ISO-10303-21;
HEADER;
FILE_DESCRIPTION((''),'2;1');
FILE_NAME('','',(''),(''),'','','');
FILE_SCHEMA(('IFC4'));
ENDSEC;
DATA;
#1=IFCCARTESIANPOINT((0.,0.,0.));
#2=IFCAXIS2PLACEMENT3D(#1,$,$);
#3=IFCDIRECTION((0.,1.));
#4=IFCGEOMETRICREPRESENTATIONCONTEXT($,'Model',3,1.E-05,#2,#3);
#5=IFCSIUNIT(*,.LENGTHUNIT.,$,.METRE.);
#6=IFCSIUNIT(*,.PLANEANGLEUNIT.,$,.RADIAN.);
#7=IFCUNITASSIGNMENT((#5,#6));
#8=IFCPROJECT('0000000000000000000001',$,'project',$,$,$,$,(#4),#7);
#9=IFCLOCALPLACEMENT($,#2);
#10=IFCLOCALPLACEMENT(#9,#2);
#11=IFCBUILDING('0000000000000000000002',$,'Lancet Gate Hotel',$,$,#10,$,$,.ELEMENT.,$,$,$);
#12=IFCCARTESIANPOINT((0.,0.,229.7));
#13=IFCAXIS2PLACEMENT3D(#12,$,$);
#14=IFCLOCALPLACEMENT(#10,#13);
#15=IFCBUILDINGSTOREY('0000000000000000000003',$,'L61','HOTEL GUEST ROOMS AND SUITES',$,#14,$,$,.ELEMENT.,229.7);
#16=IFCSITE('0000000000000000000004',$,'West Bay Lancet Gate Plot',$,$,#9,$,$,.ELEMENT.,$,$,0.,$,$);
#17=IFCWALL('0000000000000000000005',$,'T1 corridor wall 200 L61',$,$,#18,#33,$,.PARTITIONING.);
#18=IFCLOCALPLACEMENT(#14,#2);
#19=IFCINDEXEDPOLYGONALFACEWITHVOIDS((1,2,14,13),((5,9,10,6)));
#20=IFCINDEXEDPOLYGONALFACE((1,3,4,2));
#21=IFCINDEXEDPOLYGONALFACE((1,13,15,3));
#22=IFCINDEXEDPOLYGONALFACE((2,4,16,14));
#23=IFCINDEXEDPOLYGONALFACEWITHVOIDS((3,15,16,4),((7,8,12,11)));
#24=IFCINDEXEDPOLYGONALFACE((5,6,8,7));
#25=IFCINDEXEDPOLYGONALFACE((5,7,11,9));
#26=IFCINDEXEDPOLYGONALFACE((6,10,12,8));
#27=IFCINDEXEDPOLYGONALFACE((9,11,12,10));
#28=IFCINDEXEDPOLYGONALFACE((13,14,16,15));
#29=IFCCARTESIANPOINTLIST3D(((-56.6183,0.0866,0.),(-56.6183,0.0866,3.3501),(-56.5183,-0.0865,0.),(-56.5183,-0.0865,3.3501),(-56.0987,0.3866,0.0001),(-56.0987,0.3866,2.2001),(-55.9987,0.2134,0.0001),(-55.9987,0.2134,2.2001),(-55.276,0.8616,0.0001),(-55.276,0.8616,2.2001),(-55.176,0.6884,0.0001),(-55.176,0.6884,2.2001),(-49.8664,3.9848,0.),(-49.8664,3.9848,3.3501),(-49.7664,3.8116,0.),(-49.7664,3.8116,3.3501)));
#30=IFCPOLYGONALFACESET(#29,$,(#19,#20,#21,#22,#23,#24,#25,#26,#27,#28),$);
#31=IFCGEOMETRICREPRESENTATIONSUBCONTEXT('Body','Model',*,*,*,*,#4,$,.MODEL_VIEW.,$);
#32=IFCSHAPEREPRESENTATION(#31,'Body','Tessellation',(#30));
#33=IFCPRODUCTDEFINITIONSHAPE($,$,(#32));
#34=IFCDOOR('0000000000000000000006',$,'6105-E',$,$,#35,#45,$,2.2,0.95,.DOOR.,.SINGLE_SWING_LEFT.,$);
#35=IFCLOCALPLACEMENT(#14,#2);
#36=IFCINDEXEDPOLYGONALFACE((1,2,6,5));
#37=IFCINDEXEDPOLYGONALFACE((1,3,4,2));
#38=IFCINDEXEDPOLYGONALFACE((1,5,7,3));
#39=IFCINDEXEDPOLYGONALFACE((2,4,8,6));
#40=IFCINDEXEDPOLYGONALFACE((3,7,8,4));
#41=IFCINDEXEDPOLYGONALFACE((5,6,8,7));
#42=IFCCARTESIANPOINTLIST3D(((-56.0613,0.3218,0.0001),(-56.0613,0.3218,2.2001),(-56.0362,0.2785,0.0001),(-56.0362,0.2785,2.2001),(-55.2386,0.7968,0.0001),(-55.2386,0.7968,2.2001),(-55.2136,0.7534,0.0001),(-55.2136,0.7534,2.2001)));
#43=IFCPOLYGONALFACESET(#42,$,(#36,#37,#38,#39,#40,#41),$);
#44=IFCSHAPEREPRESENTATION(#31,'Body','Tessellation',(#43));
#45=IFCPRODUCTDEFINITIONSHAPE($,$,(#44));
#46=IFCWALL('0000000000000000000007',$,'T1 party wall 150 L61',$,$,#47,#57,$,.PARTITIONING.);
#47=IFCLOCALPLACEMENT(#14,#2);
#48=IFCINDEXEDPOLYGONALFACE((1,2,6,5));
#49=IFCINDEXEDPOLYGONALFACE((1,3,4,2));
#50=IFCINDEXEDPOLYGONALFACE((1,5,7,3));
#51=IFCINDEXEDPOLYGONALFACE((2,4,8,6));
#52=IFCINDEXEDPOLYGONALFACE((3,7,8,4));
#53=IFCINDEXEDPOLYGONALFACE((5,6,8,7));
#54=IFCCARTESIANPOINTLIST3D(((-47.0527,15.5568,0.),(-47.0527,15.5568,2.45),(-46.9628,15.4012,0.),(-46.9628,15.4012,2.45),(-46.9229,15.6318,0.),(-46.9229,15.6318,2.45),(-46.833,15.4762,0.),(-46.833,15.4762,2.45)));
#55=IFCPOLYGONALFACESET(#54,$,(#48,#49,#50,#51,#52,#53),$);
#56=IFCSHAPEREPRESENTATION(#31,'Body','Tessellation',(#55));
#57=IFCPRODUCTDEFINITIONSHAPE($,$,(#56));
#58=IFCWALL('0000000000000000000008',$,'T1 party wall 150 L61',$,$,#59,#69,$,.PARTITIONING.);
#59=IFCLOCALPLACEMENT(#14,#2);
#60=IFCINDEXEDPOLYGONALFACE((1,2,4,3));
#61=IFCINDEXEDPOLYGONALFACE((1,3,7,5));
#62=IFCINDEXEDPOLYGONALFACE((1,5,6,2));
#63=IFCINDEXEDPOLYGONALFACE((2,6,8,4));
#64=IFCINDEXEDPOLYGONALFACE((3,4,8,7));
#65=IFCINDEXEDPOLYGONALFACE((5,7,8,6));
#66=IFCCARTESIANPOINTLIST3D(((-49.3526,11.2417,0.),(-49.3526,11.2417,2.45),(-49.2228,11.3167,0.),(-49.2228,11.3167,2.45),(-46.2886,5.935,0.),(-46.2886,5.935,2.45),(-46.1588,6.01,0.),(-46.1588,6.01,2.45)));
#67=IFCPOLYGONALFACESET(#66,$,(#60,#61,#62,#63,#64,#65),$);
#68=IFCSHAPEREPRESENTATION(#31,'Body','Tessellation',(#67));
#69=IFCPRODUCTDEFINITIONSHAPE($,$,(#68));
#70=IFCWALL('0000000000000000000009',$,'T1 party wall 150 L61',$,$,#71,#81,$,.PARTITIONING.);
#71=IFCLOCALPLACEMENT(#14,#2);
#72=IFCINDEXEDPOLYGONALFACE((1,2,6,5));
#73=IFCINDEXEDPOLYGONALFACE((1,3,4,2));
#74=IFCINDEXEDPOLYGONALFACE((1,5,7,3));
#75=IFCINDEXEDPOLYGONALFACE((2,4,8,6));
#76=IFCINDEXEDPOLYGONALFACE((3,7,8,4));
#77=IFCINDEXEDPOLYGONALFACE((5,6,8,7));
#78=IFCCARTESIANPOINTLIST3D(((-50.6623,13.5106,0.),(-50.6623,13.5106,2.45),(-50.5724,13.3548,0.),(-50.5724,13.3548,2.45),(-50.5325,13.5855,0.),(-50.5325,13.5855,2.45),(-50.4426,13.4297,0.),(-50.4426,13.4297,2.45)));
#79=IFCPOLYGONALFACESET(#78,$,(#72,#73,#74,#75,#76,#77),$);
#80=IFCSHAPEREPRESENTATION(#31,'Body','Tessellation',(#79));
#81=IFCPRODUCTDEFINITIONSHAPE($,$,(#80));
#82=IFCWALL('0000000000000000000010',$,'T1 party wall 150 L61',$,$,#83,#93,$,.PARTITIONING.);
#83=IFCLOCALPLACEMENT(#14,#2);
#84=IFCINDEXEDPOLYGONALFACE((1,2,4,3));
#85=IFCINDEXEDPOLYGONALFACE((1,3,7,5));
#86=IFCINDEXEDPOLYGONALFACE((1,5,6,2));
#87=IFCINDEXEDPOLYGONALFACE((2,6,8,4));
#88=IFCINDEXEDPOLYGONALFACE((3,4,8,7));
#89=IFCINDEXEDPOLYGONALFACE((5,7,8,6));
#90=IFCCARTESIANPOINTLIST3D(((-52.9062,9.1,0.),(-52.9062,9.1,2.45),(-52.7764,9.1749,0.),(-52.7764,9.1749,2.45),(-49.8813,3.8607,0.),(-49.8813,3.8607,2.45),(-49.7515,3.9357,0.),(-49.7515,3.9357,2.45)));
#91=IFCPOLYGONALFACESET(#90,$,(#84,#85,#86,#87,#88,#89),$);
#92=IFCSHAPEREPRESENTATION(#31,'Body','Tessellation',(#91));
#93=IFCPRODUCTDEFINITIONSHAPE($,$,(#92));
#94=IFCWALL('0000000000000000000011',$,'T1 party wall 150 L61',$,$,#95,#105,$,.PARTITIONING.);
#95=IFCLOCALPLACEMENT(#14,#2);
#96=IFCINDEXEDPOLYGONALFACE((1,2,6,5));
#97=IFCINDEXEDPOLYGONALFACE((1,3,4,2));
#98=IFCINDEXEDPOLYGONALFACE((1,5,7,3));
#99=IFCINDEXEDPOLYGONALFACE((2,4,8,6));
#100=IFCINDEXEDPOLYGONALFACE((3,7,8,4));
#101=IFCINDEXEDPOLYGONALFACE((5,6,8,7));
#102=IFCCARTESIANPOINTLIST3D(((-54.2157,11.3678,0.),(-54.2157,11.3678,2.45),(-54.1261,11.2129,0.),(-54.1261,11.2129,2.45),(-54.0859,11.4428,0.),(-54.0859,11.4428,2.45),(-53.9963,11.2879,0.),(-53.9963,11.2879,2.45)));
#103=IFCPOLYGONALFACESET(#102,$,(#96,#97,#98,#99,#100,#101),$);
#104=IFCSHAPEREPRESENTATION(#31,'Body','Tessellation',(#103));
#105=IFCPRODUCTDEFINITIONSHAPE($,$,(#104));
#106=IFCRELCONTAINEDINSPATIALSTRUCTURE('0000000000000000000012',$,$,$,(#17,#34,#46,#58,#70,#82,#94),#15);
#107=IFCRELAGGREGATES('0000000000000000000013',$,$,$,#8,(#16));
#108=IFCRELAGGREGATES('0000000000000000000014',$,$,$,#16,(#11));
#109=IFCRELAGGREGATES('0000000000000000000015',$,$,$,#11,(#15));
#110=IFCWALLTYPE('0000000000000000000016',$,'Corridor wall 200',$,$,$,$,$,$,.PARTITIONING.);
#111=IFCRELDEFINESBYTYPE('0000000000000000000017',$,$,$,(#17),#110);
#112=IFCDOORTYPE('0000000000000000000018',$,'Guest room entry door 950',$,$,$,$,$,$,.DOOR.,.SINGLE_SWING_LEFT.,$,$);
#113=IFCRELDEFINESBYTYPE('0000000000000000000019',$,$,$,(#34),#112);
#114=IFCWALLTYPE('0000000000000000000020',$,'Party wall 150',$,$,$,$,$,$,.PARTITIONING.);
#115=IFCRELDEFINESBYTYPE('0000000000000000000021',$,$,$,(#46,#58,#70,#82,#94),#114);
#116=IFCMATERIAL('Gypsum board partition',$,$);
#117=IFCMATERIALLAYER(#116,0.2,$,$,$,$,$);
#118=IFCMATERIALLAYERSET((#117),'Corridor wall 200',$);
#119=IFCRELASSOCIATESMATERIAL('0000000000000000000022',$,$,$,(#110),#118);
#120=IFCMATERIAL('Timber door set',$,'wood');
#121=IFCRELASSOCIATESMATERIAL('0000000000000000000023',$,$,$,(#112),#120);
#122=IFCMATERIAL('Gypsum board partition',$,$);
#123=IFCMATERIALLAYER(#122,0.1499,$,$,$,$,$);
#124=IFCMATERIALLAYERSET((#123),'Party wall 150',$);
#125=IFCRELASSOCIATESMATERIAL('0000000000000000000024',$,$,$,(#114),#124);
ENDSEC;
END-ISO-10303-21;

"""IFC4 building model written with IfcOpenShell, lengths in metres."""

from ifc_helpers import new_model, si_unit, direction, frame, frame_2d, origin, place, context, subcontext, project, spatial, rectangle, extrude, material, layer, layer_set, type_object, element, fill, save


model = new_model("IFC4")

# Units and contexts
model_context = context("Model", 3, precision=1e-05, world=origin(), true_north=direction((0.0, 1.0)))
body_context = subcontext(model_context, "Body", "Model", "MODEL_VIEW")
ifc_project = project(units=[si_unit("LENGTHUNIT", "METRE"), si_unit("PLANEANGLEUNIT", "RADIAN")], contexts=[model_context])

# Site, building, storey
site_placement = place(None, origin())
site = spatial("IfcSite", under=ifc_project, at=site_placement, Name="West Bay Lancet Gate Plot", CompositionType="ELEMENT", RefElevation=0.0)
building_placement = place(site_placement, origin())
building = spatial("IfcBuilding", under=site, at=building_placement, Name="Lancet Gate Hotel", CompositionType="ELEMENT")
storey_placement = place(building_placement, frame((0.0, 0.0, 229.7)))
storey = spatial("IfcBuildingStorey", under=building, at=storey_placement, Name="L61", Description="HOTEL GUEST ROOMS AND SUITES", CompositionType="ELEMENT", Elevation=229.7)

# Wall, opening, door
ifc_material_1 = material(Name="Gypsum board partition")
ifc_layer_1 = layer(ifc_material_1, 0.2)
ifc_layer_set_1 = layer_set([ifc_layer_1], Name="Corridor wall 200")
wall_type_1 = type_object("IfcWallType", Name="Corridor wall 200", PredefinedType="PARTITIONING", material=ifc_layer_set_1)
wall_1_placement = place(storey_placement, frame((-49.8164, 3.8982, 0.0), z_axis=(0.0, 0.0, 1.0), x_axis=(-0.866028, -0.499995, 0.0)))
wall_1 = element("IfcWall", 1, at=wall_1_placement, inside=storey, type_object=wall_type_1, Name="T1 corridor wall 200 L61", PredefinedType="PARTITIONING", context=body_context, shape_type="SweptSolid", body=[
    extrude(rectangle(XDim=7.7964, YDim=0.2, at=frame_2d((3.8982, 0.0))), origin(), (0.0, 0.0, 1.0), 3.3501),
])
opening_placement = place(wall_1_placement, frame((6.2463, 0.0, 0.0)))
opening = element("IfcOpeningElement", 2, at=opening_placement, cuts=wall_1, PredefinedType="OPENING", context=body_context, shape_type="SweptSolid", body=[
    extrude(rectangle(XDim=0.95, YDim=2.2, at=frame_2d((0.4751, 1.1001))), frame((0.0, 0.1099, 0.0), z_axis=(0.0, -1.0, 0.0), x_axis=(1.0, 0.0, 0.0)), (0.0, 0.0, 1.0), 0.22),
])
ifc_material_2 = material(Name="Timber door set", Category="wood")
door_type = type_object("IfcDoorType", Name="Guest room entry door 950", OperationType="SINGLE_SWING_LEFT", PredefinedType="DOOR", material=ifc_material_2)
door_placement = place(opening_placement, origin())
door = element("IfcDoor", 3, at=door_placement, inside=storey, type_object=door_type, Name="6105-E", OperationType="SINGLE_SWING_LEFT", OverallHeight=2.2, OverallWidth=0.95, PredefinedType="DOOR", context=body_context, shape_type="SweptSolid", body=[
    extrude(rectangle(XDim=0.95, YDim=2.2, at=frame_2d((0.4751, 1.1001))), frame((0.0, 0.0249, 0.0), z_axis=(0.0, -1.0, 0.0), x_axis=(1.0, 0.0, 0.0)), (0.0, 0.0, 1.0), 0.05),
])
fill(opening, door)

# Walls
ifc_material_3 = material(Name="Gypsum board partition")
ifc_layer_2 = layer(ifc_material_3, 0.1499)
ifc_layer_set_2 = layer_set([ifc_layer_2], Name="Party wall 150")
wall_type_2 = type_object("IfcWallType", Name="Party wall 150", PredefinedType="PARTITIONING", material=ifc_layer_set_2)
wall_2_placement = place(storey_placement, frame((-46.8979, 15.4387, 0.0), z_axis=(0.0, 0.0, 1.0), x_axis=(-0.500232, 0.865891, 0.0)))
element("IfcWall", 4, at=wall_2_placement, inside=storey, type_object=wall_type_2, Name="T1 party wall 150 L61", PredefinedType="PARTITIONING", context=body_context, shape_type="SweptSolid", body=[
    extrude(rectangle(XDim=0.1797, YDim=0.1499, at=frame_2d((0.0898, 0.0))), origin(), (0.0, 0.0, 1.0), 2.45),
])
wall_3_placement = place(storey_placement, frame((-46.2236, 5.9724, 0.0), z_axis=(0.0, 0.0, 1.0), x_axis=(-0.500021, 0.866013, 0.0)))
element("IfcWall", 5, at=wall_3_placement, inside=storey, type_object=wall_type_2, Name="T1 party wall 150 L61", PredefinedType="PARTITIONING", context=body_context, shape_type="SweptSolid", body=[
    extrude(rectangle(XDim=6.1277, YDim=0.1499, at=frame_2d((3.064, 0.0))), origin(), (0.0, 0.0, 1.0), 2.45),
])
wall_4_placement = place(storey_placement, frame((-50.5076, 13.3923, 0.0), z_axis=(0.0, 0.0, 1.0), x_axis=(-0.499644, 0.866231, 0.0)))
element("IfcWall", 6, at=wall_4_placement, inside=storey, type_object=wall_type_2, Name="T1 party wall 150 L61", PredefinedType="PARTITIONING", context=body_context, shape_type="SweptSolid", body=[
    extrude(rectangle(XDim=0.1799, YDim=0.1499, at=frame_2d((0.0898, 0.0))), origin(), (0.0, 0.0, 1.0), 2.45),
])
wall_5_placement = place(storey_placement, frame((-49.8164, 3.8982, 0.0), z_axis=(0.0, 0.0, 1.0), x_axis=(-0.500002, 0.866024, 0.0)))
element("IfcWall", 7, at=wall_5_placement, inside=storey, type_object=wall_type_2, Name="T1 party wall 150 L61", PredefinedType="PARTITIONING", context=body_context, shape_type="SweptSolid", body=[
    extrude(rectangle(XDim=6.0498, YDim=0.1499, at=frame_2d((3.0249, 0.0))), origin(), (0.0, 0.0, 1.0), 2.45),
])
wall_6_placement = place(storey_placement, frame((-54.0613, 11.2505, 0.0), z_axis=(0.0, 0.0, 1.0), x_axis=(-0.500391, 0.865799, 0.0)))
element("IfcWall", 8, at=wall_6_placement, inside=storey, type_object=wall_type_2, Name="T1 party wall 150 L61", PredefinedType="PARTITIONING", context=body_context, shape_type="SweptSolid", body=[
    extrude(rectangle(XDim=0.179, YDim=0.1499, at=frame_2d((0.0894, 0.0))), origin(), (0.0, 0.0, 1.0), 2.45),
])

save(model, "model.ifc")
